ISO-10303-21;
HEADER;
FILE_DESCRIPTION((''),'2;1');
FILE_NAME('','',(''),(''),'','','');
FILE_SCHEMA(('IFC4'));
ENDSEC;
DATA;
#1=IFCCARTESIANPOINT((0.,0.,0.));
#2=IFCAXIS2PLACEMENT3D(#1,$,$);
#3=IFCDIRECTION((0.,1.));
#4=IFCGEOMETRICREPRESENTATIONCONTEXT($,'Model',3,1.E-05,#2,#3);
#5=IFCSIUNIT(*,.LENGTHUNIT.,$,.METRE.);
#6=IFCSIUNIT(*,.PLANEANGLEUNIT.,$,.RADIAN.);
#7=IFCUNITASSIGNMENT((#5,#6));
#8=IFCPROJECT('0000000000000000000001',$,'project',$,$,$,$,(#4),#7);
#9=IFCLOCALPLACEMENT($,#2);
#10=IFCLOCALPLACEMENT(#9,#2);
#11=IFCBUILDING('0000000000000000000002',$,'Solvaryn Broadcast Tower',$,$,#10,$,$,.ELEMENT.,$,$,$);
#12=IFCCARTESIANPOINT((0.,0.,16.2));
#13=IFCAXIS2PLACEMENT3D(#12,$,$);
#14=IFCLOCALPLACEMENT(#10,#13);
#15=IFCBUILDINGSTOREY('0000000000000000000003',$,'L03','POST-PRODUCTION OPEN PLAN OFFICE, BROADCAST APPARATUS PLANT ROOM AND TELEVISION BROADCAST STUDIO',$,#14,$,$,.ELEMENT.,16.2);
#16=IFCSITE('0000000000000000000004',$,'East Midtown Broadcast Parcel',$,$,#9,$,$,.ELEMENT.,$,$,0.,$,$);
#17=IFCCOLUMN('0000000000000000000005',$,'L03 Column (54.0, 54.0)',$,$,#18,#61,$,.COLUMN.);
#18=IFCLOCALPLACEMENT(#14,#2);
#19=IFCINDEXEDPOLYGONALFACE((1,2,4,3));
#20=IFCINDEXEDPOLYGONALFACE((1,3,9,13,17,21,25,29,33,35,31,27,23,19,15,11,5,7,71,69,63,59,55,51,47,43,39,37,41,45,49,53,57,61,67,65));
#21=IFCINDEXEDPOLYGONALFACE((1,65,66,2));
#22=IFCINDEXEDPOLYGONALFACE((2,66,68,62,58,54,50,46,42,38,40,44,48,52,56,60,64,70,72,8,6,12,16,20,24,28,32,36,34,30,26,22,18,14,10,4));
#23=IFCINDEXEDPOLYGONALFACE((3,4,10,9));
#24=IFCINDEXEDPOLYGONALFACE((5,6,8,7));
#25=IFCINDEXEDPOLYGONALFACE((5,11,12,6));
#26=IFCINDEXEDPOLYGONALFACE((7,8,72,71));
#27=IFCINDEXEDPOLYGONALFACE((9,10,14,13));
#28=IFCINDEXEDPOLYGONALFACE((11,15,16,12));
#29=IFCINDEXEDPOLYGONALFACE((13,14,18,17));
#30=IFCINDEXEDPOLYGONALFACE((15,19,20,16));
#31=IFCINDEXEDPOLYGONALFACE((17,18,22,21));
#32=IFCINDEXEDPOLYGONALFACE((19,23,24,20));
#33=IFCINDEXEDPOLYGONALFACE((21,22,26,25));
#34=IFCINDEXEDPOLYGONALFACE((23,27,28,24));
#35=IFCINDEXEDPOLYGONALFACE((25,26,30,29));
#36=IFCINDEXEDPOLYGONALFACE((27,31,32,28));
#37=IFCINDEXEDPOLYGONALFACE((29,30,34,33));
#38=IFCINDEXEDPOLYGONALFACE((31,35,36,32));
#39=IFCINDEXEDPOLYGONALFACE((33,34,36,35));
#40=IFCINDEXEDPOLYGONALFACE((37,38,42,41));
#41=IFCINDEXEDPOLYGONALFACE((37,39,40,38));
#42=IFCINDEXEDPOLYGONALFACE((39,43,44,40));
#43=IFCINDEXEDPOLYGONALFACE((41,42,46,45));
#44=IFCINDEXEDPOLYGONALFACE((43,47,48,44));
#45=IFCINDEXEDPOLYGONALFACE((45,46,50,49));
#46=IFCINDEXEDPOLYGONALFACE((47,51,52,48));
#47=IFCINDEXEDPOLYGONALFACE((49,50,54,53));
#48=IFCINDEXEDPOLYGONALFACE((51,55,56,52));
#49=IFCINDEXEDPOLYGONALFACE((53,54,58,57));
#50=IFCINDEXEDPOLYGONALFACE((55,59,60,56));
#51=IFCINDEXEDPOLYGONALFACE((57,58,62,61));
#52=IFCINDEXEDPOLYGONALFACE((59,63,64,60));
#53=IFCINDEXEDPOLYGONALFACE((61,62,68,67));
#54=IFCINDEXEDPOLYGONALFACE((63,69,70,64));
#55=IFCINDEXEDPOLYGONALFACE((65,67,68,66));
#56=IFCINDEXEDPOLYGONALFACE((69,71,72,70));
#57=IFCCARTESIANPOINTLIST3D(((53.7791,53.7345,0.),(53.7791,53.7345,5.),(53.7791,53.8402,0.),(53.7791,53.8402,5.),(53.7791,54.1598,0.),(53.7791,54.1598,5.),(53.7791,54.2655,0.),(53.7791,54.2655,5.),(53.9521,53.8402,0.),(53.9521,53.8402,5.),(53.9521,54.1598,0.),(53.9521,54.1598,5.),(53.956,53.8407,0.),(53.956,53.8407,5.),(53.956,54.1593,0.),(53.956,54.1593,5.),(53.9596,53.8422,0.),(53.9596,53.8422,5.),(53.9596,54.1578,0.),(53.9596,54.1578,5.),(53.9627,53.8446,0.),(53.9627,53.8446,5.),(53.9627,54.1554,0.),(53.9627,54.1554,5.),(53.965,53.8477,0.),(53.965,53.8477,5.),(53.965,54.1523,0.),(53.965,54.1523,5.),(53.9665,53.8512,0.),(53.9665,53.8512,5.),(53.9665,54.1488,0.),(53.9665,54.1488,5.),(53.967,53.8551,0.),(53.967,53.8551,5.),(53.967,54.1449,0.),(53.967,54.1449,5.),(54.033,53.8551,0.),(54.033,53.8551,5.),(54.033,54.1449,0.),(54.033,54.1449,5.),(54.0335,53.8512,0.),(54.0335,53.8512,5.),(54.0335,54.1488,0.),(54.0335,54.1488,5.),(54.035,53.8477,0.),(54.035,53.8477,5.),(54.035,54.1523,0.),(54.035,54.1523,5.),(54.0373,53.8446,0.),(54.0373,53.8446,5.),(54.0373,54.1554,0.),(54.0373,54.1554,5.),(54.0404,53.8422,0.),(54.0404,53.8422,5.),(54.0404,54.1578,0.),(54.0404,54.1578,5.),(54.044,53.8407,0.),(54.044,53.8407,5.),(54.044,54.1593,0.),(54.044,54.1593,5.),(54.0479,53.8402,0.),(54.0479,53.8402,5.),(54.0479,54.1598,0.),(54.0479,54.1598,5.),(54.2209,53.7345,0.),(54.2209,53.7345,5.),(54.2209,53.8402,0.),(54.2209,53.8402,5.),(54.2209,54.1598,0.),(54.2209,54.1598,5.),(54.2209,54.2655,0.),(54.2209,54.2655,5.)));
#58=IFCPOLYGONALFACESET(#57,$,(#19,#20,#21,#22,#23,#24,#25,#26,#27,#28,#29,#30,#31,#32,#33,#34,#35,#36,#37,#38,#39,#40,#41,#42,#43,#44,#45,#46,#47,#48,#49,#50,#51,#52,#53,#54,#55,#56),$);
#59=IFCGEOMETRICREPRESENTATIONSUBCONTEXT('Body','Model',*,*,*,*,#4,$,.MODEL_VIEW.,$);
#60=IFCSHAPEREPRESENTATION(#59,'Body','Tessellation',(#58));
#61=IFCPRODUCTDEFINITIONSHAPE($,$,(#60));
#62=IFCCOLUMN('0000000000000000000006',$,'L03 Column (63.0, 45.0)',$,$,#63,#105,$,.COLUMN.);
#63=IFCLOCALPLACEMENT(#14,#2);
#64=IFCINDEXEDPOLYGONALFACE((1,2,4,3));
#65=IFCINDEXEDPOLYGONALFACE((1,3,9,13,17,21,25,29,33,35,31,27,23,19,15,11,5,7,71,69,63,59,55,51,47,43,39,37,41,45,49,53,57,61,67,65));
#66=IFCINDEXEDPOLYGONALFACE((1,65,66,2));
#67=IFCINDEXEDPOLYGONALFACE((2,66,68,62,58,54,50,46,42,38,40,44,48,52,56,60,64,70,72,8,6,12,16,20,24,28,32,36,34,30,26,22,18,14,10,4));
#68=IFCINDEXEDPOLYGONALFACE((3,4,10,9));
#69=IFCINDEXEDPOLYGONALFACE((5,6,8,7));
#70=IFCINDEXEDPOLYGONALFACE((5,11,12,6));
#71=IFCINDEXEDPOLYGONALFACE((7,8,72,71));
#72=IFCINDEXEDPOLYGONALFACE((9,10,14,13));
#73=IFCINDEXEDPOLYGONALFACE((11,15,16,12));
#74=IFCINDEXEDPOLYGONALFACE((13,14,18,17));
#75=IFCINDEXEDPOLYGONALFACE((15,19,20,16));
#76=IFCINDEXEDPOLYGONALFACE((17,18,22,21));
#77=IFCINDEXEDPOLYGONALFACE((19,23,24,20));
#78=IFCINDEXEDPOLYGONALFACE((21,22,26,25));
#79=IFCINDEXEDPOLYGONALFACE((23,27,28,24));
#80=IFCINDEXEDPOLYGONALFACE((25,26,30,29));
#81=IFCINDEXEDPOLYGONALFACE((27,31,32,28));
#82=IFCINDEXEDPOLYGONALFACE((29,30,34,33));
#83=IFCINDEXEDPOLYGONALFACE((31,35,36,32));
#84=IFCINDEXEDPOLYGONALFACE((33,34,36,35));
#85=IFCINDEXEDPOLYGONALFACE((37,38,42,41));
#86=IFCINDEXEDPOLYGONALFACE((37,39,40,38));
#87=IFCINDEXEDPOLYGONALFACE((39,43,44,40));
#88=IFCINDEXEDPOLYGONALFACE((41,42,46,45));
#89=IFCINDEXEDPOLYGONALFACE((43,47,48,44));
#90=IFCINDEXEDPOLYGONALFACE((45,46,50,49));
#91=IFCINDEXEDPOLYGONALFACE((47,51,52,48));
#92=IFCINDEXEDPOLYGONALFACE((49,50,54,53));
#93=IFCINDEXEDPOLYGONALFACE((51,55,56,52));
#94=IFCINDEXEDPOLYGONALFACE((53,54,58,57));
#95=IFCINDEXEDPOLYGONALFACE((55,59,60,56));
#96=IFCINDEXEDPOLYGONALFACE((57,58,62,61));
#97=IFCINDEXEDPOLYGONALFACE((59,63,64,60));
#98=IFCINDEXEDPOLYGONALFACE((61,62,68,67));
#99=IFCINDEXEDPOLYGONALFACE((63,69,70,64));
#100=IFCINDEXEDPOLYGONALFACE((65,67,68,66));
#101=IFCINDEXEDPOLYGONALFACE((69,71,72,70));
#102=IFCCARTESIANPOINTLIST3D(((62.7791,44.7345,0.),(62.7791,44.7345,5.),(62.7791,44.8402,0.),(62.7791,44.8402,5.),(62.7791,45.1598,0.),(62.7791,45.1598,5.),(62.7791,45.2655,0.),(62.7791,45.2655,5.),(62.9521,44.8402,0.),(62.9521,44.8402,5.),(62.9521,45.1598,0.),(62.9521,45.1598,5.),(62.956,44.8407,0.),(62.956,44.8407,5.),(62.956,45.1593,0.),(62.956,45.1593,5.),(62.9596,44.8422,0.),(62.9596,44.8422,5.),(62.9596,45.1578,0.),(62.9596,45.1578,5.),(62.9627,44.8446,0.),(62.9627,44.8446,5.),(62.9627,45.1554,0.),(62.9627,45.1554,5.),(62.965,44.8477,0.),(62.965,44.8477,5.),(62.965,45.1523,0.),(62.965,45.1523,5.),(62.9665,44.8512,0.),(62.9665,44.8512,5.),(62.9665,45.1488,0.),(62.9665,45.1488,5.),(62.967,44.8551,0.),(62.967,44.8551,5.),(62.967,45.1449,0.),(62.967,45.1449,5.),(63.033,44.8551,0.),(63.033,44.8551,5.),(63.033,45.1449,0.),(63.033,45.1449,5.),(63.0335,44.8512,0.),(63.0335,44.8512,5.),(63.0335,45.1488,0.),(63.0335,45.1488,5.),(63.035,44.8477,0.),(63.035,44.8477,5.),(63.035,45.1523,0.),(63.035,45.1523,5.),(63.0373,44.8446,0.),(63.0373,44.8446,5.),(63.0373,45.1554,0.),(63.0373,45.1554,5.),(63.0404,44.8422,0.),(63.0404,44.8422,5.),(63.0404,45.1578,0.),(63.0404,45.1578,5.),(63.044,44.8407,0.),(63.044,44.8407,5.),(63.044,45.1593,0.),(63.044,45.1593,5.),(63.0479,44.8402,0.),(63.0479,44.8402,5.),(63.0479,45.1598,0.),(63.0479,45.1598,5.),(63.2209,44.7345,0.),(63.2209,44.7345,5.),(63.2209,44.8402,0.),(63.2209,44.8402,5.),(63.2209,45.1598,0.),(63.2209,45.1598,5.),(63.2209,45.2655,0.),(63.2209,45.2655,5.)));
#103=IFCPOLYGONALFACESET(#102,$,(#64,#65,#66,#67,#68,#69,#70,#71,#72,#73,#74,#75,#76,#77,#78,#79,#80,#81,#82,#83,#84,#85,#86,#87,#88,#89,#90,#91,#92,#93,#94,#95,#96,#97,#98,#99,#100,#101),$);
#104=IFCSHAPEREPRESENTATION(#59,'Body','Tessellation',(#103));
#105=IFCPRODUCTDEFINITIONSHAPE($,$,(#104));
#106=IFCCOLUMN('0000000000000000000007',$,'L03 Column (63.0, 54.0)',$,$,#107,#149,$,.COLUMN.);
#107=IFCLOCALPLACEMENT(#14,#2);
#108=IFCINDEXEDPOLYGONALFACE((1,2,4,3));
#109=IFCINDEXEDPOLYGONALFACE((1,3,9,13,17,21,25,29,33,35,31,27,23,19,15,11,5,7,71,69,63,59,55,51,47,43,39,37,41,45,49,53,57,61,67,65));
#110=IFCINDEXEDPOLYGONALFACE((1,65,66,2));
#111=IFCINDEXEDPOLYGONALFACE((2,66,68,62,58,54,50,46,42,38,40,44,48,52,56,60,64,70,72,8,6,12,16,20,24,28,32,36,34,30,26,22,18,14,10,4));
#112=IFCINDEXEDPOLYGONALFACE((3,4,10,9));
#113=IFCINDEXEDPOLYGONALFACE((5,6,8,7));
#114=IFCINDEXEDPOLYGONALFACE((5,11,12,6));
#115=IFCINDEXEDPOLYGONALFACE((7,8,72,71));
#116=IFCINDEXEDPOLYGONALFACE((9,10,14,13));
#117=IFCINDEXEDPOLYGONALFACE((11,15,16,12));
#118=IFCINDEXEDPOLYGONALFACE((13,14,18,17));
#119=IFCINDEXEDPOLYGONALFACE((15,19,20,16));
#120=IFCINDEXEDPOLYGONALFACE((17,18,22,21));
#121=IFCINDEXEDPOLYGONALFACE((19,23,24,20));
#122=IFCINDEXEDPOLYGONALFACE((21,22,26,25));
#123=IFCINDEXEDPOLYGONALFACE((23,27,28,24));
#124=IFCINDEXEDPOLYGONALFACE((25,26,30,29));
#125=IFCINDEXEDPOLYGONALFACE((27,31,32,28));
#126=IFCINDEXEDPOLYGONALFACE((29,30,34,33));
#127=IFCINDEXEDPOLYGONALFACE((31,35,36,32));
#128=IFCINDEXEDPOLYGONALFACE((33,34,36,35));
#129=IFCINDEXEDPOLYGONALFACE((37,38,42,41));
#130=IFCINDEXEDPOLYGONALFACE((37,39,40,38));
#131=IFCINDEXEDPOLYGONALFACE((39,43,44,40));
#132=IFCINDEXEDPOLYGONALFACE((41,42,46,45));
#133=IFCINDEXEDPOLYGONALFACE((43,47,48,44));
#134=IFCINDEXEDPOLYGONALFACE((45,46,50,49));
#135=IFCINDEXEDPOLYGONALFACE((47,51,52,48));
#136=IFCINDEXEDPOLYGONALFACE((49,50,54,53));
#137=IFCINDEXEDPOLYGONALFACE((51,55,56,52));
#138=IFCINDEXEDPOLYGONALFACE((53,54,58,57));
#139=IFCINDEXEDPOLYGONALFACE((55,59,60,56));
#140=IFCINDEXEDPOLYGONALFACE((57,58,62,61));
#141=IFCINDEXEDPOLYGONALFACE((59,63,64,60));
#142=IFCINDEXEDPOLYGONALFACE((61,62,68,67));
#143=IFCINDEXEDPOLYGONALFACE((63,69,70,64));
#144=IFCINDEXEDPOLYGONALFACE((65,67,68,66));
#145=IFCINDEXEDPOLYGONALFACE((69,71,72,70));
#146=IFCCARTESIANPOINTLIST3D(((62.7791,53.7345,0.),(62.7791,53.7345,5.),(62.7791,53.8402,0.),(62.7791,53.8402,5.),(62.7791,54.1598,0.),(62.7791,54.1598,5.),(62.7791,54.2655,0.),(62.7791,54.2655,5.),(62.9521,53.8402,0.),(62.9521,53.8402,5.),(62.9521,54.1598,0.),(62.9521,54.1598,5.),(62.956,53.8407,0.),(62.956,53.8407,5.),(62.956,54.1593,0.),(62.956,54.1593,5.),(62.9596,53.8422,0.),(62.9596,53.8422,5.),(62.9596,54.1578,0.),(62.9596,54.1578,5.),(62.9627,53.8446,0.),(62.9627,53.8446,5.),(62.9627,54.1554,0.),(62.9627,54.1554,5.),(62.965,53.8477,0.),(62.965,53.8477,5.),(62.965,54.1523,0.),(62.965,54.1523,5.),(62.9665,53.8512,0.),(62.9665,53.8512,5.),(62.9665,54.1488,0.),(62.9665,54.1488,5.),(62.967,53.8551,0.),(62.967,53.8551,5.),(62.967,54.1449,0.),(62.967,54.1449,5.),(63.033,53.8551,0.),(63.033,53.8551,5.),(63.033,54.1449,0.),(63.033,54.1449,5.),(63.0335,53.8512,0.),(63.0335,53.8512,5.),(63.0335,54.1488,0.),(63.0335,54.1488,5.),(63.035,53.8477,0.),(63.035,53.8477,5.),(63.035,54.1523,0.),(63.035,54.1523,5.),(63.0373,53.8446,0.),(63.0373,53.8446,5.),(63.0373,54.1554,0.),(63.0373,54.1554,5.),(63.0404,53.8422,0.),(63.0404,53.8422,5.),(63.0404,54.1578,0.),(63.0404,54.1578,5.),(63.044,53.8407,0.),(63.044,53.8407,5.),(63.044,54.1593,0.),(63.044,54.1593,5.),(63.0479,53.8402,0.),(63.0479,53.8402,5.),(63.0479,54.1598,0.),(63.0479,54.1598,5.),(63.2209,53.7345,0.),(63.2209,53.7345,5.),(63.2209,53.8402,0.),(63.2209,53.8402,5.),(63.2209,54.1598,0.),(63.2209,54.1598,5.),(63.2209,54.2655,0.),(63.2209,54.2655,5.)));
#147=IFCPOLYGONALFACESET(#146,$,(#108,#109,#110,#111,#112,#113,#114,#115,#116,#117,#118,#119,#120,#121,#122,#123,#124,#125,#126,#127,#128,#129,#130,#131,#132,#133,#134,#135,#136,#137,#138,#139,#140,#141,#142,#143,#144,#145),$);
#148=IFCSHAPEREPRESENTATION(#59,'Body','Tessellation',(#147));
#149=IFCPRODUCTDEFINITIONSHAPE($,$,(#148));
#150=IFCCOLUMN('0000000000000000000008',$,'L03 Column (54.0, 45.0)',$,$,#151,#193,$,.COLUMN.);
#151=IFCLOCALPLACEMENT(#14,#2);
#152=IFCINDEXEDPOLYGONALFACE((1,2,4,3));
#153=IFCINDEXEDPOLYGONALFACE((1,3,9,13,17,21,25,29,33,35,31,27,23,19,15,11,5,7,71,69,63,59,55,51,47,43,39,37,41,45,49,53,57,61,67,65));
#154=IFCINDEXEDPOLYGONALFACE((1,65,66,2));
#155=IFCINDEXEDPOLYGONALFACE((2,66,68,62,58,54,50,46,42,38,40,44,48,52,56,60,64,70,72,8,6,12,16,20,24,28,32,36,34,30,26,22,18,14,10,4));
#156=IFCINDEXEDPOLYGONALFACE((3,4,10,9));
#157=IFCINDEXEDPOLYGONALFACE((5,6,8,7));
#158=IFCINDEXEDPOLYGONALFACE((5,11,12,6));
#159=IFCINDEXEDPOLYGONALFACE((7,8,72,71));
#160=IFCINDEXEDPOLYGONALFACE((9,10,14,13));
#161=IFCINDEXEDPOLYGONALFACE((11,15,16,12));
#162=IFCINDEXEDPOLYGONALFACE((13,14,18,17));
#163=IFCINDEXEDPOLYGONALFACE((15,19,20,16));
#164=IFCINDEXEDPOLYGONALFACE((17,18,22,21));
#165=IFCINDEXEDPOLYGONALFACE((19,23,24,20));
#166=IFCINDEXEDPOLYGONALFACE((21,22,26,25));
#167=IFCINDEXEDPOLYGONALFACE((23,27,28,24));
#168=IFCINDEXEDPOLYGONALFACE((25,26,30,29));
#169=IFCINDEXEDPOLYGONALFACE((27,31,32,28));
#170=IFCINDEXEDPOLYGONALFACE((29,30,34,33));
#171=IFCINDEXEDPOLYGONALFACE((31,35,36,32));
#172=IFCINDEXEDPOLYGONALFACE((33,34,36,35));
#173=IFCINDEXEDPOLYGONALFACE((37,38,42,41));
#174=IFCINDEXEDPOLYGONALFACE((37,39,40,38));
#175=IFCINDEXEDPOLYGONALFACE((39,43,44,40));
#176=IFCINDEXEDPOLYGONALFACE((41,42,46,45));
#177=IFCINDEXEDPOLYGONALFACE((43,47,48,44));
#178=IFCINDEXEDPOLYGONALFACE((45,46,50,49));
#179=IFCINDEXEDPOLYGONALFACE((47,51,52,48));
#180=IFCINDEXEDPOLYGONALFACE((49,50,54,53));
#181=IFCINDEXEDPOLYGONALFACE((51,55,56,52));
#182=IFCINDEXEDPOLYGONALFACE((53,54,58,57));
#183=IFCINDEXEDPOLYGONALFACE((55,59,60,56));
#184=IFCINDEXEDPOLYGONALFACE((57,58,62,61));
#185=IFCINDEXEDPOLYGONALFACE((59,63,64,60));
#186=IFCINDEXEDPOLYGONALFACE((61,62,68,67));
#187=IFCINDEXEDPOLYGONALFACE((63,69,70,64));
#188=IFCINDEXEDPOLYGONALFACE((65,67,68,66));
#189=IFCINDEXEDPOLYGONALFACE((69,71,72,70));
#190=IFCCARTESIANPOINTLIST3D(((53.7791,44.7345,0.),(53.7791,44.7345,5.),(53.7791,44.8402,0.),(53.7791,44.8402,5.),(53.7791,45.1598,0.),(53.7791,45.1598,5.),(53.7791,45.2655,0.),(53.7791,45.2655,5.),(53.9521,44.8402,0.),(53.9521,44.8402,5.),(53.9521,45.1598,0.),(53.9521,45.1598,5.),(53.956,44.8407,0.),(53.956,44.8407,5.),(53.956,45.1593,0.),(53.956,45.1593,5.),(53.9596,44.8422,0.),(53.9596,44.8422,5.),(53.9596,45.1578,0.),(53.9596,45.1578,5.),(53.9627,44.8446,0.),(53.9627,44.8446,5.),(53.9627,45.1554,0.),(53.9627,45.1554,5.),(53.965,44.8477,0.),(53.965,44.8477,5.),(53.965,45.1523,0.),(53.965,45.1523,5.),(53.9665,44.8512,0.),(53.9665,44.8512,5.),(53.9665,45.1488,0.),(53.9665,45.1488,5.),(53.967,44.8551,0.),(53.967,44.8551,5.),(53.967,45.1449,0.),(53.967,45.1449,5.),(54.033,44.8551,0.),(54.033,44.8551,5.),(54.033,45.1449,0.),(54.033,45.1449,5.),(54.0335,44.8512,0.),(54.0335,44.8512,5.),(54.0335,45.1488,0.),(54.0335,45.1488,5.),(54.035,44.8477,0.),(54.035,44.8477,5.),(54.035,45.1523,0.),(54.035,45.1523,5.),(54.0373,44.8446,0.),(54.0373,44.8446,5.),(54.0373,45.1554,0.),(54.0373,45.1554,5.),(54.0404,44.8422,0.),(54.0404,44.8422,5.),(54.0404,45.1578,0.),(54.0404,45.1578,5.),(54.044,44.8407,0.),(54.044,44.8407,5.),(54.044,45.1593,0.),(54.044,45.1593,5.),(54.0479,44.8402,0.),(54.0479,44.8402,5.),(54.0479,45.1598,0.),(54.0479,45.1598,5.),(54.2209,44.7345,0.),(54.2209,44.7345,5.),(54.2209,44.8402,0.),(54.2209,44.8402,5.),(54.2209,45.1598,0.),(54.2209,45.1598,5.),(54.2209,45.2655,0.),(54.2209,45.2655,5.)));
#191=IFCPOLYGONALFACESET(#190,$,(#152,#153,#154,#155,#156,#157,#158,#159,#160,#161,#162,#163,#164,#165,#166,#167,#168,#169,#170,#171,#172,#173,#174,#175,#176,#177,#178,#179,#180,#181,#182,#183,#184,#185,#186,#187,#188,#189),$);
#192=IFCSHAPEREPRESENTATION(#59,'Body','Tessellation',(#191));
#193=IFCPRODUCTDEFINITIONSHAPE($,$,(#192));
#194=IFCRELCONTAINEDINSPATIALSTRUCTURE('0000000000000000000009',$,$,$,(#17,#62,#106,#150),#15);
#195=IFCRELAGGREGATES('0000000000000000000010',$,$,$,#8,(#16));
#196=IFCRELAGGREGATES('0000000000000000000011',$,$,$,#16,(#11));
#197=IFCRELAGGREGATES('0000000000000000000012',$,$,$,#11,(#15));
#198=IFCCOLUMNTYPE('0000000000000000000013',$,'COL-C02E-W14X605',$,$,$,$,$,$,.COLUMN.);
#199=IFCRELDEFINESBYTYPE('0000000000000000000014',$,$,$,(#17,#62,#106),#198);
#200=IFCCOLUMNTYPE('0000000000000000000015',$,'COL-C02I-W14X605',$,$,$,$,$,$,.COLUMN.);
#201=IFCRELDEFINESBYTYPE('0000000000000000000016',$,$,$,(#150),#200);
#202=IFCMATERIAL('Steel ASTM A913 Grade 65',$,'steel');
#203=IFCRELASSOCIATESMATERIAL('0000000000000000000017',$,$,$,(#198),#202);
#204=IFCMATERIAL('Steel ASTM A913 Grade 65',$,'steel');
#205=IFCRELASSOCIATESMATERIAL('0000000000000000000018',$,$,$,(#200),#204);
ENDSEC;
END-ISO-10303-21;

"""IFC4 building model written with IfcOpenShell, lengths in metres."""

from ifc_helpers import new_model, si_unit, direction, frame, origin, origin_2d, place, context, subcontext, project, spatial, i_section, extrude, material, material_profile, profile_set, type_object, element, save


model = new_model("IFC4")

# Units and contexts
model_context = context("Model", 3, precision=1e-05, world=origin(), true_north=direction((0.0, 1.0)))
body_context = subcontext(model_context, "Body", "Model", "MODEL_VIEW")
ifc_project = project(units=[si_unit("LENGTHUNIT", "METRE"), si_unit("PLANEANGLEUNIT", "RADIAN")], contexts=[model_context])

# Site, building, storey
site_placement = place(None, origin())
site = spatial("IfcSite", under=ifc_project, at=site_placement, Name="East Midtown Broadcast Parcel", CompositionType="ELEMENT", RefElevation=0.0)
building_placement = place(site_placement, origin())
building = spatial("IfcBuilding", under=site, at=building_placement, Name="Solvaryn Broadcast Tower", CompositionType="ELEMENT")
storey_placement = place(building_placement, frame((0.0, 0.0, 16.2)))
storey = spatial("IfcBuildingStorey", under=building, at=storey_placement, Name="L03", Description="POST-PRODUCTION OPEN PLAN OFFICE, BROADCAST APPARATUS PLANT ROOM AND TELEVISION BROADCAST STUDIO", CompositionType="ELEMENT", Elevation=16.2)

# Columns
ifc_material_1 = material(Name="Steel ASTM A913 Grade 65", Category="steel")
ifc_material_profile_1 = material_profile(ifc_material_1, i_section(OverallWidth=0.4419, OverallDepth=0.531, WebThickness=0.0659, FlangeThickness=0.1057, FilletRadius=0.0149, at=origin_2d()))
ifc_profile_set_1 = profile_set([ifc_material_profile_1], Name="Steel ASTM A913 Grade 65")
column_type_1 = type_object("IfcColumnType", Name="COL-C02E-W14X605", PredefinedType="COLUMN", material=ifc_profile_set_1)
for number, where, z_axis, x_axis, name in (
    (1, (54.0, 54.0, 0.0), (0.0, 0.0, 1.0), (1.0, 0.0, 0.0), "L03 Column (54.0, 54.0)"),
    (2, (63.0, 45.0, 0.0), (0.0, 0.0, 1.0), (1.0, 0.0, 0.0), "L03 Column (63.0, 45.0)"),
    (3, (63.0, 54.0, 0.0), (0.0, 0.0, 1.0), (1.0, 0.0, 0.0), "L03 Column (63.0, 54.0)"),
):
    element("IfcColumn", number, at=place(storey_placement, frame(where, z_axis=z_axis, x_axis=x_axis)), inside=storey, type_object=column_type_1, Name=name, PredefinedType="COLUMN", context=body_context, shape_type="SweptSolid", body=[
        extrude(i_section(OverallWidth=0.4419, OverallDepth=0.531, WebThickness=0.0659, FlangeThickness=0.1057, FilletRadius=0.0149, at=origin_2d()), origin(), (0.0, 0.0, 1.0), 5.0),
    ])
ifc_material_2 = material(Name="Steel ASTM A913 Grade 65", Category="steel")
ifc_material_profile_2 = material_profile(ifc_material_2, i_section(OverallWidth=0.4419, OverallDepth=0.531, WebThickness=0.0659, FlangeThickness=0.1057, FilletRadius=0.0149, at=origin_2d()))
ifc_profile_set_2 = profile_set([ifc_material_profile_2], Name="Steel ASTM A913 Grade 65")
column_type_2 = type_object("IfcColumnType", Name="COL-C02I-W14X605", PredefinedType="COLUMN", material=ifc_profile_set_2)
column_placement = place(storey_placement, frame((54.0, 45.0, 0.0), z_axis=(0.0, 0.0, 1.0), x_axis=(1.0, 0.0, 0.0)))
element("IfcColumn", 4, at=column_placement, inside=storey, type_object=column_type_2, Name="L03 Column (54.0, 45.0)", PredefinedType="COLUMN", context=body_context, shape_type="SweptSolid", body=[
    extrude(i_section(OverallWidth=0.4419, OverallDepth=0.531, WebThickness=0.0659, FlangeThickness=0.1057, FilletRadius=0.0149, at=origin_2d()), origin(), (0.0, 0.0, 1.0), 5.0),
])

save(model, "model.ifc")
